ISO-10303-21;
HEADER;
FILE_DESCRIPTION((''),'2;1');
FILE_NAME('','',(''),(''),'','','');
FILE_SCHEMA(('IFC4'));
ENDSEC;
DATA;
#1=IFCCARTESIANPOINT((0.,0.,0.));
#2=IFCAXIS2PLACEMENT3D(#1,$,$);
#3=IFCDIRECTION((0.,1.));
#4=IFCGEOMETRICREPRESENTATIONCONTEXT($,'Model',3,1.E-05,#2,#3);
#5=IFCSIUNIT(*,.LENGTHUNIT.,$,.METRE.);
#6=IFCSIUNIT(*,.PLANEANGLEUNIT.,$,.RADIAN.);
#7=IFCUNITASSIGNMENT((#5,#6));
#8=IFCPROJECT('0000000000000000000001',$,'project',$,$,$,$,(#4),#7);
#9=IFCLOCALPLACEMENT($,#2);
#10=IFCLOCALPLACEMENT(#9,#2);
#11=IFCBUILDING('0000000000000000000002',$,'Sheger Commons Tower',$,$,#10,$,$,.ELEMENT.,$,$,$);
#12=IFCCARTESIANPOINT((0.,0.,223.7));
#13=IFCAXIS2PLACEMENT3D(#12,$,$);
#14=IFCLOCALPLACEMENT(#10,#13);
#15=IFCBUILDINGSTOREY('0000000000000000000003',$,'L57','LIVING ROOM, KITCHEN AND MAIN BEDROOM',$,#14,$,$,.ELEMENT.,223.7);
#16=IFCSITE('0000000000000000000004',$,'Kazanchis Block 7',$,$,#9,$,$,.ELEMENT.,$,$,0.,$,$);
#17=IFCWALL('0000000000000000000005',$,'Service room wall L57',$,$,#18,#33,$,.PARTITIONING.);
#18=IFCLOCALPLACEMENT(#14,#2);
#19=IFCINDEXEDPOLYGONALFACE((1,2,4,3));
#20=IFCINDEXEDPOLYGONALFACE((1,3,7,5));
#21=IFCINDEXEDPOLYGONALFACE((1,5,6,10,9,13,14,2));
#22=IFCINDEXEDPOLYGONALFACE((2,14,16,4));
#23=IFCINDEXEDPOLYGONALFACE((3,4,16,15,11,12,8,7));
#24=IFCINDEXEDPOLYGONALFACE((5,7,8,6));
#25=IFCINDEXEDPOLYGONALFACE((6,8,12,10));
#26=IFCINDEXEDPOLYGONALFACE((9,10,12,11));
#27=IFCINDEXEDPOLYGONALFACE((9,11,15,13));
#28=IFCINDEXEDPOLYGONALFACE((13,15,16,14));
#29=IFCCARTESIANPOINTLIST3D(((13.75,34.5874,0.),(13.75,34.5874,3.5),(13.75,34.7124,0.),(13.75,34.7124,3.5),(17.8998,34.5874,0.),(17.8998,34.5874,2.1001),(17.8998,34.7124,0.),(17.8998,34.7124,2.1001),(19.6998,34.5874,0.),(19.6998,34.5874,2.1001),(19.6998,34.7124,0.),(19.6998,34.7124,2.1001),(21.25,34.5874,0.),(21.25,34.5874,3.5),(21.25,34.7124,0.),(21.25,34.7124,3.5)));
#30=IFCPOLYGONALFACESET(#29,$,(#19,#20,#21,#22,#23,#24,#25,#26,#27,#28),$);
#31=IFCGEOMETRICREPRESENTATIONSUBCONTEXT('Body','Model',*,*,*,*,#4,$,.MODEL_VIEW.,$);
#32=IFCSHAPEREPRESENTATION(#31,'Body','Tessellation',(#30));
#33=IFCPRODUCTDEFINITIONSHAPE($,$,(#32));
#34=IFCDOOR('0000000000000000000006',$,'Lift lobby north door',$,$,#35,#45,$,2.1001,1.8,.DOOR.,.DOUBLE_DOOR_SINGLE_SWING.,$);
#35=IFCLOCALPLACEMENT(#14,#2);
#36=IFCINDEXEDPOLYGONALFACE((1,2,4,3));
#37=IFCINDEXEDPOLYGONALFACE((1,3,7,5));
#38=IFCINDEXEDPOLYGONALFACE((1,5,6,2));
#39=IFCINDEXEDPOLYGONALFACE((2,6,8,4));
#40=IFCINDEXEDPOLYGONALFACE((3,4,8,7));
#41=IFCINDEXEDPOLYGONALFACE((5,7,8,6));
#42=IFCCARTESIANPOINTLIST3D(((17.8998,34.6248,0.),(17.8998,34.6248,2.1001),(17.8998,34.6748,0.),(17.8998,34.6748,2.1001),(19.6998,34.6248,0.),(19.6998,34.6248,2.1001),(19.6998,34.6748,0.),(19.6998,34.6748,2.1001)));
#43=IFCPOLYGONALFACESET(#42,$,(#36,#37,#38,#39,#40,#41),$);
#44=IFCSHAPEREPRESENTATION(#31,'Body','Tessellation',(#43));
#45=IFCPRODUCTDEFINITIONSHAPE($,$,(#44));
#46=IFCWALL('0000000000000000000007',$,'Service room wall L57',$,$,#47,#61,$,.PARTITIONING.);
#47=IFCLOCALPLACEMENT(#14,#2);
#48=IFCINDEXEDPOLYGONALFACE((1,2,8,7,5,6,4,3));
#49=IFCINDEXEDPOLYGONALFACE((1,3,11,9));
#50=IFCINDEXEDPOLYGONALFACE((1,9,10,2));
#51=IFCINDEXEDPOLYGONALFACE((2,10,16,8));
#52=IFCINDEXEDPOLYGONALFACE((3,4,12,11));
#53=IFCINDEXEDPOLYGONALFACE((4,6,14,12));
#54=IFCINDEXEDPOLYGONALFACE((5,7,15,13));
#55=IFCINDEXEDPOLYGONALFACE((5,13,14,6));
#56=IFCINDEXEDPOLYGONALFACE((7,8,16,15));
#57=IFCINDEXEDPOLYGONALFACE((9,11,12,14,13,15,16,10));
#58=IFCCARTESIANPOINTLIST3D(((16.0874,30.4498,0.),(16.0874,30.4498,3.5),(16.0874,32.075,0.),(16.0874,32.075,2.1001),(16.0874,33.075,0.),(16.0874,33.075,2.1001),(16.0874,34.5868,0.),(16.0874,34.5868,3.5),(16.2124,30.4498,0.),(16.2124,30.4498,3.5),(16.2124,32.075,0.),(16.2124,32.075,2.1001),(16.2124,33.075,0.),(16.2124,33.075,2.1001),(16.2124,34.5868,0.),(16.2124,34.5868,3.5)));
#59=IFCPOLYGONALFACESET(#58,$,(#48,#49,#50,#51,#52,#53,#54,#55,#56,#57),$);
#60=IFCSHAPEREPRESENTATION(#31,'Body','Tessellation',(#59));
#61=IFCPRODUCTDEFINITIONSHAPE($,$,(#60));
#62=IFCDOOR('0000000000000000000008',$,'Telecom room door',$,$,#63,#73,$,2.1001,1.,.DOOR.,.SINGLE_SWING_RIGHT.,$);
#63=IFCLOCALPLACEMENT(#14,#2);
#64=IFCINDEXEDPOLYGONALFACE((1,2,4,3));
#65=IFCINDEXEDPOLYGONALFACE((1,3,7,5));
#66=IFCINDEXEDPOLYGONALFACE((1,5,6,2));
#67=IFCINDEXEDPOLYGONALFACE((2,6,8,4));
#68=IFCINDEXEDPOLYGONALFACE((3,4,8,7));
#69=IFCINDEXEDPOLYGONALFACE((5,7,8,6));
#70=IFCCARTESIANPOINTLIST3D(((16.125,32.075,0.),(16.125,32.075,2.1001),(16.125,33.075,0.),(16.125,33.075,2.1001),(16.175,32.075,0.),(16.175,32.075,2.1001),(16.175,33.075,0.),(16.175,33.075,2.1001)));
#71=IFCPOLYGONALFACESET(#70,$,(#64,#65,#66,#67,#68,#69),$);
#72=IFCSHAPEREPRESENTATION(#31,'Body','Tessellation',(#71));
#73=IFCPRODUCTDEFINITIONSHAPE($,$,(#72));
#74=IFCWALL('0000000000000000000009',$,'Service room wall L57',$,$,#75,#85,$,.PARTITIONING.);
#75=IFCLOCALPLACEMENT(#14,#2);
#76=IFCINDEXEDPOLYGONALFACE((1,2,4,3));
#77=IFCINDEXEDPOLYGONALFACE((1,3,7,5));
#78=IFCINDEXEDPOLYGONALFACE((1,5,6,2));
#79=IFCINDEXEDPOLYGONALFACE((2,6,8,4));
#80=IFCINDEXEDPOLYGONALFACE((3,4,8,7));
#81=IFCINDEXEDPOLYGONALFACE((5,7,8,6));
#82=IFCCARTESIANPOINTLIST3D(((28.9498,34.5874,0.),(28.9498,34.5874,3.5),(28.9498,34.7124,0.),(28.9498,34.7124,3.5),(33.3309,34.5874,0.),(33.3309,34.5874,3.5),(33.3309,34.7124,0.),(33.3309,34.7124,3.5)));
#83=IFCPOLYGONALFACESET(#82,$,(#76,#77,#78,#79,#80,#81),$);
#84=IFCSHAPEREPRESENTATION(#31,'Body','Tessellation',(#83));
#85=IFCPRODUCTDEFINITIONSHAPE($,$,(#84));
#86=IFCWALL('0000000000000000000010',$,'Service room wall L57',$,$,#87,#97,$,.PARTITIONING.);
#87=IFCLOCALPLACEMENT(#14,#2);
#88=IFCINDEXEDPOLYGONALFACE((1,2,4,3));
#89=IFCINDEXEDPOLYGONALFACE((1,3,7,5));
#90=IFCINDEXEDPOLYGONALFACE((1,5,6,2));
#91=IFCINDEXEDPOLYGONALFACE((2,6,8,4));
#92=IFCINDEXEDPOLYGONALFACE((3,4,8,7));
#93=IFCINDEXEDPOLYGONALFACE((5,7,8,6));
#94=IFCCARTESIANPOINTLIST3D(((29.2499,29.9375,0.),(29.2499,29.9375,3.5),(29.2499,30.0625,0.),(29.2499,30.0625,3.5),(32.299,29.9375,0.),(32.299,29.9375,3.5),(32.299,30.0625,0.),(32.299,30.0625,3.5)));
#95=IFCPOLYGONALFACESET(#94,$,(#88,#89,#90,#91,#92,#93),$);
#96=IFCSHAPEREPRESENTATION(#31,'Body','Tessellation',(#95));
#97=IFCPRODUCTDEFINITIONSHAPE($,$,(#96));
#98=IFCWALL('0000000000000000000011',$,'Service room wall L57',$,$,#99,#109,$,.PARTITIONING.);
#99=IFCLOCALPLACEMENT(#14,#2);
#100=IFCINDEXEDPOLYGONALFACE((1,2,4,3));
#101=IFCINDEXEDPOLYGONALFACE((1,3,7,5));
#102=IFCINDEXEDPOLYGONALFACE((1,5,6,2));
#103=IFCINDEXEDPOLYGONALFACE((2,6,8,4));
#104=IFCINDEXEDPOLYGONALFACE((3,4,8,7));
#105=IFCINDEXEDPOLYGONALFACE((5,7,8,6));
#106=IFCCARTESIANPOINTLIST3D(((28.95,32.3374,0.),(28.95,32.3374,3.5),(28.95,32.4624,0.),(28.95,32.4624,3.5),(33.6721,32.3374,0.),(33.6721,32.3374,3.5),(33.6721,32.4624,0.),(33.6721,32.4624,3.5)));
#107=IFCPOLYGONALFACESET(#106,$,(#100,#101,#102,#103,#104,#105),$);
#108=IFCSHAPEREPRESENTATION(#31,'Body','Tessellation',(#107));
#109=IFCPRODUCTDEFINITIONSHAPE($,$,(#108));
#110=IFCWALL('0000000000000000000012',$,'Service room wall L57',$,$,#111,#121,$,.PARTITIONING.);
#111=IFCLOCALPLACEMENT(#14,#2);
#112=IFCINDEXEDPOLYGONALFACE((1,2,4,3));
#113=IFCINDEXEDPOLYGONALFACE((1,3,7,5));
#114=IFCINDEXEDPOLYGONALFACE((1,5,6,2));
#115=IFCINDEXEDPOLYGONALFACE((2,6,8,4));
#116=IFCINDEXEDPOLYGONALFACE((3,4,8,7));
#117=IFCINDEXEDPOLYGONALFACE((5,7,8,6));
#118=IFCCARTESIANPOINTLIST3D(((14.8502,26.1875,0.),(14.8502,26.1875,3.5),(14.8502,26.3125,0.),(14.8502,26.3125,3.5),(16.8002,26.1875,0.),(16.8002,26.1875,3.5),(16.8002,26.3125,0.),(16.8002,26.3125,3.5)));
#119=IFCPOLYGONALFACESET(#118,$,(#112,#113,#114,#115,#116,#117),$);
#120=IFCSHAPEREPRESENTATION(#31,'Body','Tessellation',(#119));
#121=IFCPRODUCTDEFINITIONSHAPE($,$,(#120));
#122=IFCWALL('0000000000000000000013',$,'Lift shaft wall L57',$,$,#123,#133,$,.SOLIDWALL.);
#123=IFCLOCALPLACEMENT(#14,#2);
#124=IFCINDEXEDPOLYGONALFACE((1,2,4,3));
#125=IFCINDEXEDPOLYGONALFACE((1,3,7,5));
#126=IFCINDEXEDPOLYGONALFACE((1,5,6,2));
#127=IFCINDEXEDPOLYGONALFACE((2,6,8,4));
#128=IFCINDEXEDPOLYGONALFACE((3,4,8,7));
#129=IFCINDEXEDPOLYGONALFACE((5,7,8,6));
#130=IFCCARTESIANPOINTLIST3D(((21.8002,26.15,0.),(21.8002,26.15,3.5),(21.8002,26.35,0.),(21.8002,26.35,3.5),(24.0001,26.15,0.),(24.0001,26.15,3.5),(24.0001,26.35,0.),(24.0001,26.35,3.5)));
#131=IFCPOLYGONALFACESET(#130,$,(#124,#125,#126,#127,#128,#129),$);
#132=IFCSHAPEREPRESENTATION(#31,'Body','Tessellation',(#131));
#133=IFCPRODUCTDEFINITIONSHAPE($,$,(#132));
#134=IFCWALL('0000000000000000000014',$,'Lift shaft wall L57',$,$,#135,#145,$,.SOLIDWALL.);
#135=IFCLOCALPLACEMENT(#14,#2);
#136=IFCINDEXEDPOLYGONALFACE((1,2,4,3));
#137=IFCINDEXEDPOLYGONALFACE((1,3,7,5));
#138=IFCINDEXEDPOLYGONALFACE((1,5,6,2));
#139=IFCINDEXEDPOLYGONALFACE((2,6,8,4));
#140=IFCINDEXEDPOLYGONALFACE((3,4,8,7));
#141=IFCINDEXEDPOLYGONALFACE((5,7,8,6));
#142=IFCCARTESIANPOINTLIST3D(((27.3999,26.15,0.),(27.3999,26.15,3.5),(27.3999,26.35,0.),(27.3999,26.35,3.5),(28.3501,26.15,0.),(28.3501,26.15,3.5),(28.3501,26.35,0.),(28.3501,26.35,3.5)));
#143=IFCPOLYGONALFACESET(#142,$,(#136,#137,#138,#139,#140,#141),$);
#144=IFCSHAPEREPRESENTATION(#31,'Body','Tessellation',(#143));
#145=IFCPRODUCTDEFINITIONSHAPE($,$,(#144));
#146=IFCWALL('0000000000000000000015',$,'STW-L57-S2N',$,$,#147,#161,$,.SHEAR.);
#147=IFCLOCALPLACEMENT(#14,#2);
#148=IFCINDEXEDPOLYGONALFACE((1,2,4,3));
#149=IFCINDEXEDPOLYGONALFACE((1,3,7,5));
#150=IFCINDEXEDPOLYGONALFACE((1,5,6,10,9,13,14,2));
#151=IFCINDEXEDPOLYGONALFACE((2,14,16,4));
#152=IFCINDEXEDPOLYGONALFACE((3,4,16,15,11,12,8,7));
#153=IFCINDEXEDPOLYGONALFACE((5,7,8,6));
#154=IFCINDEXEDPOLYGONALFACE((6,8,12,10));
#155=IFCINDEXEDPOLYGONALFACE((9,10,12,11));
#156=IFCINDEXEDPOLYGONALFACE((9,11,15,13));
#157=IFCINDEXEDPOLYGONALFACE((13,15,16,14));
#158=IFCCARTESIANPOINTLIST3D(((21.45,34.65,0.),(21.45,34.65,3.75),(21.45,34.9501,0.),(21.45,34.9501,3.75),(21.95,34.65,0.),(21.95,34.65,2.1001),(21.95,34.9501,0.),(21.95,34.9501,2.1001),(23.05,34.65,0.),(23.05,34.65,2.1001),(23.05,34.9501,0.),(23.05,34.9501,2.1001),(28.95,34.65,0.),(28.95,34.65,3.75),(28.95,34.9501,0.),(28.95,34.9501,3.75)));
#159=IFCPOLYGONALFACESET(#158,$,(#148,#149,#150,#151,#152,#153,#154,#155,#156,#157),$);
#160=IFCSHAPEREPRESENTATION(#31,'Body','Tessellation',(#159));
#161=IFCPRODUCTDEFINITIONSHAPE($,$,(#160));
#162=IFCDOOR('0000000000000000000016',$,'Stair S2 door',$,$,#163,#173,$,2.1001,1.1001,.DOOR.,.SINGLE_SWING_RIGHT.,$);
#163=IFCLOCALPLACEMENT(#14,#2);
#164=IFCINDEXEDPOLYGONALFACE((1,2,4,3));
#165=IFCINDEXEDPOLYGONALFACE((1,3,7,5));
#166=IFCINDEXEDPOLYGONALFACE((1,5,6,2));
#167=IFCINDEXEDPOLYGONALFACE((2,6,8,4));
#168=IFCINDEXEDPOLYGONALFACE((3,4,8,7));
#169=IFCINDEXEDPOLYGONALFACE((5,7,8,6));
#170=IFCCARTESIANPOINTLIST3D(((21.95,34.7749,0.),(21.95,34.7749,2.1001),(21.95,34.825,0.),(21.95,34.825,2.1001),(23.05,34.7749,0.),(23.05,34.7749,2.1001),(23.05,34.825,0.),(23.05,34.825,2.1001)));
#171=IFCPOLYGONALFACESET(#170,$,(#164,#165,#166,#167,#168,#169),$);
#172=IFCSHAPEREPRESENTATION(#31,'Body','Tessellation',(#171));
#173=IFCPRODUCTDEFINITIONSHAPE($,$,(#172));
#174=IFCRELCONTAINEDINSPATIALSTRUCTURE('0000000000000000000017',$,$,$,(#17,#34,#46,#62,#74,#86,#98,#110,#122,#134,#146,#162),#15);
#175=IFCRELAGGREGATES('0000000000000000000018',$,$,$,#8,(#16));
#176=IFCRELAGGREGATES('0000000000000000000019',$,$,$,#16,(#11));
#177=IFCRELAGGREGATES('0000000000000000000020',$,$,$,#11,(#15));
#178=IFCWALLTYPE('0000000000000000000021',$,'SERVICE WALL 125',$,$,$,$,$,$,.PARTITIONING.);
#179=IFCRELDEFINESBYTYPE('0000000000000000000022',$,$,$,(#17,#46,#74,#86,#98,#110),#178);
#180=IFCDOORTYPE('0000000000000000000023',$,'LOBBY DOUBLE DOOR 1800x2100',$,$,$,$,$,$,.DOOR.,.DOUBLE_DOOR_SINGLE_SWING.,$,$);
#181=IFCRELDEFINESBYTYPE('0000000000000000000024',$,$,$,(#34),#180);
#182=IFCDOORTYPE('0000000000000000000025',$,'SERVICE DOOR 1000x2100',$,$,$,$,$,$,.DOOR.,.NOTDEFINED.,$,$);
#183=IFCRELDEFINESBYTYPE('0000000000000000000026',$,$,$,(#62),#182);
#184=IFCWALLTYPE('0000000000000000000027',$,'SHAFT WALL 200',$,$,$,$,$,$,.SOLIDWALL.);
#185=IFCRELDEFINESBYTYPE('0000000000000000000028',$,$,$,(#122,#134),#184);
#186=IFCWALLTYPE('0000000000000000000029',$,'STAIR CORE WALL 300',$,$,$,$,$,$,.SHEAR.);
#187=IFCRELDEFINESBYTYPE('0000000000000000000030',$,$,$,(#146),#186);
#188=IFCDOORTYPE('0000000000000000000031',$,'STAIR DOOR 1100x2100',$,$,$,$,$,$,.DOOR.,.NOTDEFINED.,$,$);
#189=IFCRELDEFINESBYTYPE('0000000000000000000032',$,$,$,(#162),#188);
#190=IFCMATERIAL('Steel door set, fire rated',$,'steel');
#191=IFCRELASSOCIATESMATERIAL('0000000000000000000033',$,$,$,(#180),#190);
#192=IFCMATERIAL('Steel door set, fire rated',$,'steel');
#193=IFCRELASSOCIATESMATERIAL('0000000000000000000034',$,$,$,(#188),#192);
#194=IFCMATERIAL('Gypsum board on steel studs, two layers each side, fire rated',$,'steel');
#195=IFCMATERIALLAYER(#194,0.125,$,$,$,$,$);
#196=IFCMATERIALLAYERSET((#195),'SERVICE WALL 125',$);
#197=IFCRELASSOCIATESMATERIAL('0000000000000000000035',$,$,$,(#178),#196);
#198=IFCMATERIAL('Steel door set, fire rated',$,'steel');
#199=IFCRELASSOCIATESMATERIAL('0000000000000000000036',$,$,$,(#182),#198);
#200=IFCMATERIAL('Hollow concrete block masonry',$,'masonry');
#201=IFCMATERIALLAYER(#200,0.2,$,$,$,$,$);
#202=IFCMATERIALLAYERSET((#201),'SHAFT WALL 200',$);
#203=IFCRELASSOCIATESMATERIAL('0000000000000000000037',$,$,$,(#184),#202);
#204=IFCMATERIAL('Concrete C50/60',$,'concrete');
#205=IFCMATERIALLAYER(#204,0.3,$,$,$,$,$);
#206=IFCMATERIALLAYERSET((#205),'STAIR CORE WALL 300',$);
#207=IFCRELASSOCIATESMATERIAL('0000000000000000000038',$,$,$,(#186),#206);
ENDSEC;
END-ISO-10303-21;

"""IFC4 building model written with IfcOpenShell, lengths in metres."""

from ifc_helpers import new_model, si_unit, direction, frame, frame_2d, origin, place, context, subcontext, project, spatial, rectangle, extrude, material, layer, layer_set, type_object, element, fill, save


model = new_model("IFC4")

# Units and contexts
model_context = context("Model", 3, precision=1e-05, world=origin(), true_north=direction((0.0, 1.0)))
body_context = subcontext(model_context, "Body", "Model", "MODEL_VIEW")
ifc_project = project(units=[si_unit("LENGTHUNIT", "METRE"), si_unit("PLANEANGLEUNIT", "RADIAN")], contexts=[model_context])

# Site, building, storey
site_placement = place(None, origin())
site = spatial("IfcSite", under=ifc_project, at=site_placement, Name="Kazanchis Block 7", CompositionType="ELEMENT", RefElevation=0.0)
building_placement = place(site_placement, origin())
building = spatial("IfcBuilding", under=site, at=building_placement, Name="Sheger Commons Tower", CompositionType="ELEMENT")
storey_placement = place(building_placement, frame((0.0, 0.0, 223.7)))
storey = spatial("IfcBuildingStorey", under=building, at=storey_placement, Name="L57", Description="LIVING ROOM, KITCHEN AND MAIN BEDROOM", CompositionType="ELEMENT", Elevation=223.7)

# Shared definitions
ifc_material_1 = material(Name="Steel door set, fire rated", Category="steel")
door_type_1 = type_object("IfcDoorType", Name="LOBBY DOUBLE DOOR 1800x2100", OperationType="DOUBLE_DOOR_SINGLE_SWING", PredefinedType="DOOR", material=ifc_material_1)
ifc_material_2 = material(Name="Steel door set, fire rated", Category="steel")
door_type_2 = type_object("IfcDoorType", Name="STAIR DOOR 1100x2100", OperationType="NOTDEFINED", PredefinedType="DOOR", material=ifc_material_2)

# Walls, openings, doors
ifc_material_3 = material(Name="Gypsum board on steel studs, two layers each side, fire rated", Category="steel")
ifc_layer_1 = layer(ifc_material_3, 0.125)
ifc_layer_set_1 = layer_set([ifc_layer_1], Name="SERVICE WALL 125")
wall_type_1 = type_object("IfcWallType", Name="SERVICE WALL 125", PredefinedType="PARTITIONING", material=ifc_layer_set_1)
wall_1_placement = place(storey_placement, frame((13.75, 34.6499, 0.0), z_axis=(0.0, 0.0, 1.0), x_axis=(1.0, 0.0, 0.0)))
wall_1 = element("IfcWall", 1, at=wall_1_placement, inside=storey, type_object=wall_type_1, Name="Service room wall L57", PredefinedType="PARTITIONING", context=body_context, shape_type="SweptSolid", body=[
    extrude(rectangle(XDim=7.5, YDim=0.125, at=frame_2d((3.75, 0.0))), origin(), (0.0, 0.0, 1.0), 3.5),
])
opening_1_placement = place(wall_1_placement, frame((4.1499, 0.0, 0.0)))
opening_1 = element("IfcOpeningElement", 2, at=opening_1_placement, cuts=wall_1, PredefinedType="OPENING", context=body_context, shape_type="SweptSolid", body=[
    extrude(rectangle(XDim=1.8, YDim=2.1001, at=frame_2d((0.8999, 1.05))), frame((0.0, 0.0725, 0.0), z_axis=(0.0, -1.0, 0.0), x_axis=(1.0, 0.0, 0.0)), (0.0, 0.0, 1.0), 0.145),
])
door_1_placement = place(opening_1_placement, origin())
door_1 = element("IfcDoor", 3, at=door_1_placement, inside=storey, type_object=door_type_1, Name="Lift lobby north door", OperationType="DOUBLE_DOOR_SINGLE_SWING", OverallHeight=2.1001, OverallWidth=1.8, PredefinedType="DOOR", context=body_context, shape_type="SweptSolid", body=[
    extrude(rectangle(XDim=1.8, YDim=2.1001, at=frame_2d((0.8999, 1.05))), frame((0.0, 0.0249, 0.0), z_axis=(0.0, -1.0, 0.0), x_axis=(1.0, 0.0, 0.0)), (0.0, 0.0, 1.0), 0.05),
])
fill(opening_1, door_1)
wall_2_placement = place(storey_placement, frame((16.1499, 30.45, 0.0), z_axis=(0.0, 0.0, 1.0), x_axis=(0.0, 1.0, 0.0)))
wall_2 = element("IfcWall", 4, at=wall_2_placement, inside=storey, type_object=wall_type_1, Name="Service room wall L57", PredefinedType="PARTITIONING", context=body_context, shape_type="SweptSolid", body=[
    extrude(rectangle(XDim=4.137, YDim=0.125, at=frame_2d((2.0684, 0.0))), origin(), (0.0, 0.0, 1.0), 3.5),
])
opening_2_placement = place(wall_2_placement, frame((1.625, 0.0, 0.0)))
opening_2 = element("IfcOpeningElement", 5, at=opening_2_placement, cuts=wall_2, PredefinedType="OPENING", context=body_context, shape_type="SweptSolid", body=[
    extrude(rectangle(XDim=1.0, YDim=2.1001, at=frame_2d((0.5, 1.05))), frame((0.0, 0.0725, 0.0), z_axis=(0.0, -1.0, 0.0), x_axis=(1.0, 0.0, 0.0)), (0.0, 0.0, 1.0), 0.145),
])
ifc_material_4 = material(Name="Steel door set, fire rated", Category="steel")
door_type_3 = type_object("IfcDoorType", Name="SERVICE DOOR 1000x2100", OperationType="NOTDEFINED", PredefinedType="DOOR", material=ifc_material_4)
door_2_placement = place(opening_2_placement, origin())
door_2 = element("IfcDoor", 6, at=door_2_placement, inside=storey, type_object=door_type_3, Name="Telecom room door", OperationType="SINGLE_SWING_RIGHT", OverallHeight=2.1001, OverallWidth=1.0, PredefinedType="DOOR", context=body_context, shape_type="SweptSolid", body=[
    extrude(rectangle(XDim=1.0, YDim=2.1001, at=frame_2d((0.5, 1.05))), frame((0.0, 0.0249, 0.0), z_axis=(0.0, -1.0, 0.0), x_axis=(1.0, 0.0, 0.0)), (0.0, 0.0, 1.0), 0.05),
])
fill(opening_2, door_2)

# Walls
wall_3_placement = place(storey_placement, frame((28.95, 34.6499, 0.0), z_axis=(0.0, 0.0, 1.0), x_axis=(1.0, 0.0, 0.0)))
element("IfcWall", 7, at=wall_3_placement, inside=storey, type_object=wall_type_1, Name="Service room wall L57", PredefinedType="PARTITIONING", context=body_context, shape_type="SweptSolid", body=[
    extrude(rectangle(XDim=4.3811, YDim=0.125, at=frame_2d((2.1904, 0.0))), origin(), (0.0, 0.0, 1.0), 3.5),
])
wall_4_placement = place(storey_placement, frame((29.25, 30.0, 0.0), z_axis=(0.0, 0.0, 1.0), x_axis=(1.0, 0.0, 0.0)))
element("IfcWall", 8, at=wall_4_placement, inside=storey, type_object=wall_type_1, Name="Service room wall L57", PredefinedType="PARTITIONING", context=body_context, shape_type="SweptSolid", body=[
    extrude(rectangle(XDim=3.0491, YDim=0.125, at=frame_2d((1.5244, 0.0))), origin(), (0.0, 0.0, 1.0), 3.5),
])
wall_5_placement = place(storey_placement, frame((28.95, 32.3999, 0.0), z_axis=(0.0, 0.0, 1.0), x_axis=(1.0, 0.0, 0.0)))
element("IfcWall", 9, at=wall_5_placement, inside=storey, type_object=wall_type_1, Name="Service room wall L57", PredefinedType="PARTITIONING", context=body_context, shape_type="SweptSolid", body=[
    extrude(rectangle(XDim=4.7222, YDim=0.125, at=frame_2d((2.3611, 0.0))), origin(), (0.0, 0.0, 1.0), 3.5),
])
wall_6_placement = place(storey_placement, frame((14.8501, 26.25, 0.0), z_axis=(0.0, 0.0, 1.0), x_axis=(1.0, 0.0, 0.0)))
element("IfcWall", 10, at=wall_6_placement, inside=storey, type_object=wall_type_1, Name="Service room wall L57", PredefinedType="PARTITIONING", context=body_context, shape_type="SweptSolid", body=[
    extrude(rectangle(XDim=1.95, YDim=0.125, at=frame_2d((0.9751, 0.0))), origin(), (0.0, 0.0, 1.0), 3.5),
])
ifc_material_5 = material(Name="Hollow concrete block masonry", Category="masonry")
ifc_layer_2 = layer(ifc_material_5, 0.2)
ifc_layer_set_2 = layer_set([ifc_layer_2], Name="SHAFT WALL 200")
wall_type_2 = type_object("IfcWallType", Name="SHAFT WALL 200", PredefinedType="SOLIDWALL", material=ifc_layer_set_2)
wall_7_placement = place(storey_placement, frame((21.8, 26.25, 0.0), z_axis=(0.0, 0.0, 1.0), x_axis=(1.0, 0.0, 0.0)))
element("IfcWall", 11, at=wall_7_placement, inside=storey, type_object=wall_type_2, Name="Lift shaft wall L57", PredefinedType="SOLIDWALL", context=body_context, shape_type="SweptSolid", body=[
    extrude(rectangle(XDim=2.2, YDim=0.2, at=frame_2d((1.1001, 0.0))), origin(), (0.0, 0.0, 1.0), 3.5),
])
wall_8_placement = place(storey_placement, frame((27.3999, 26.25, 0.0), z_axis=(0.0, 0.0, 1.0), x_axis=(1.0, 0.0, 0.0)))
element("IfcWall", 12, at=wall_8_placement, inside=storey, type_object=wall_type_2, Name="Lift shaft wall L57", PredefinedType="SOLIDWALL", context=body_context, shape_type="SweptSolid", body=[
    extrude(rectangle(XDim=0.9502, YDim=0.2, at=frame_2d((0.4751, 0.0))), origin(), (0.0, 0.0, 1.0), 3.5),
])

# Wall, opening, door
ifc_material_6 = material(Name="Concrete C50/60", Category="concrete")
ifc_layer_3 = layer(ifc_material_6, 0.3)
ifc_layer_set_3 = layer_set([ifc_layer_3], Name="STAIR CORE WALL 300")
wall_type_3 = type_object("IfcWallType", Name="STAIR CORE WALL 300", PredefinedType="SHEAR", material=ifc_layer_set_3)
wall_9_placement = place(storey_placement, frame((21.45, 34.8, 0.0), z_axis=(0.0, 0.0, 1.0), x_axis=(1.0, 0.0, 0.0)))
wall_9 = element("IfcWall", 13, at=wall_9_placement, inside=storey, type_object=wall_type_3, Name="STW-L57-S2N", PredefinedType="SHEAR", context=body_context, shape_type="SweptSolid", body=[
    extrude(rectangle(XDim=7.5, YDim=0.3, at=frame_2d((3.75, 0.0))), origin(), (0.0, 0.0, 1.0), 3.75),
])
opening_3_placement = place(wall_9_placement, frame((0.5, 0.0, 0.0)))
opening_3 = element("IfcOpeningElement", 14, at=opening_3_placement, cuts=wall_9, PredefinedType="OPENING", context=body_context, shape_type="SweptSolid", body=[
    extrude(rectangle(XDim=1.1001, YDim=2.1001, at=frame_2d((0.55, 1.05))), frame((0.0, 0.1599, 0.0), z_axis=(0.0, -1.0, 0.0), x_axis=(1.0, 0.0, 0.0)), (0.0, 0.0, 1.0), 0.3201),
])
door_3_placement = place(opening_3_placement, origin())
door_3 = element("IfcDoor", 15, at=door_3_placement, inside=storey, type_object=door_type_2, Name="Stair S2 door", OperationType="SINGLE_SWING_RIGHT", OverallHeight=2.1001, OverallWidth=1.1001, PredefinedType="DOOR", context=body_context, shape_type="SweptSolid", body=[
    extrude(rectangle(XDim=1.1001, YDim=2.1001, at=frame_2d((0.55, 1.05))), frame((0.0, 0.0249, 0.0), z_axis=(0.0, -1.0, 0.0), x_axis=(1.0, 0.0, 0.0)), (0.0, 0.0, 1.0), 0.05),
])
fill(opening_3, door_3)

save(model, "model.ifc")
